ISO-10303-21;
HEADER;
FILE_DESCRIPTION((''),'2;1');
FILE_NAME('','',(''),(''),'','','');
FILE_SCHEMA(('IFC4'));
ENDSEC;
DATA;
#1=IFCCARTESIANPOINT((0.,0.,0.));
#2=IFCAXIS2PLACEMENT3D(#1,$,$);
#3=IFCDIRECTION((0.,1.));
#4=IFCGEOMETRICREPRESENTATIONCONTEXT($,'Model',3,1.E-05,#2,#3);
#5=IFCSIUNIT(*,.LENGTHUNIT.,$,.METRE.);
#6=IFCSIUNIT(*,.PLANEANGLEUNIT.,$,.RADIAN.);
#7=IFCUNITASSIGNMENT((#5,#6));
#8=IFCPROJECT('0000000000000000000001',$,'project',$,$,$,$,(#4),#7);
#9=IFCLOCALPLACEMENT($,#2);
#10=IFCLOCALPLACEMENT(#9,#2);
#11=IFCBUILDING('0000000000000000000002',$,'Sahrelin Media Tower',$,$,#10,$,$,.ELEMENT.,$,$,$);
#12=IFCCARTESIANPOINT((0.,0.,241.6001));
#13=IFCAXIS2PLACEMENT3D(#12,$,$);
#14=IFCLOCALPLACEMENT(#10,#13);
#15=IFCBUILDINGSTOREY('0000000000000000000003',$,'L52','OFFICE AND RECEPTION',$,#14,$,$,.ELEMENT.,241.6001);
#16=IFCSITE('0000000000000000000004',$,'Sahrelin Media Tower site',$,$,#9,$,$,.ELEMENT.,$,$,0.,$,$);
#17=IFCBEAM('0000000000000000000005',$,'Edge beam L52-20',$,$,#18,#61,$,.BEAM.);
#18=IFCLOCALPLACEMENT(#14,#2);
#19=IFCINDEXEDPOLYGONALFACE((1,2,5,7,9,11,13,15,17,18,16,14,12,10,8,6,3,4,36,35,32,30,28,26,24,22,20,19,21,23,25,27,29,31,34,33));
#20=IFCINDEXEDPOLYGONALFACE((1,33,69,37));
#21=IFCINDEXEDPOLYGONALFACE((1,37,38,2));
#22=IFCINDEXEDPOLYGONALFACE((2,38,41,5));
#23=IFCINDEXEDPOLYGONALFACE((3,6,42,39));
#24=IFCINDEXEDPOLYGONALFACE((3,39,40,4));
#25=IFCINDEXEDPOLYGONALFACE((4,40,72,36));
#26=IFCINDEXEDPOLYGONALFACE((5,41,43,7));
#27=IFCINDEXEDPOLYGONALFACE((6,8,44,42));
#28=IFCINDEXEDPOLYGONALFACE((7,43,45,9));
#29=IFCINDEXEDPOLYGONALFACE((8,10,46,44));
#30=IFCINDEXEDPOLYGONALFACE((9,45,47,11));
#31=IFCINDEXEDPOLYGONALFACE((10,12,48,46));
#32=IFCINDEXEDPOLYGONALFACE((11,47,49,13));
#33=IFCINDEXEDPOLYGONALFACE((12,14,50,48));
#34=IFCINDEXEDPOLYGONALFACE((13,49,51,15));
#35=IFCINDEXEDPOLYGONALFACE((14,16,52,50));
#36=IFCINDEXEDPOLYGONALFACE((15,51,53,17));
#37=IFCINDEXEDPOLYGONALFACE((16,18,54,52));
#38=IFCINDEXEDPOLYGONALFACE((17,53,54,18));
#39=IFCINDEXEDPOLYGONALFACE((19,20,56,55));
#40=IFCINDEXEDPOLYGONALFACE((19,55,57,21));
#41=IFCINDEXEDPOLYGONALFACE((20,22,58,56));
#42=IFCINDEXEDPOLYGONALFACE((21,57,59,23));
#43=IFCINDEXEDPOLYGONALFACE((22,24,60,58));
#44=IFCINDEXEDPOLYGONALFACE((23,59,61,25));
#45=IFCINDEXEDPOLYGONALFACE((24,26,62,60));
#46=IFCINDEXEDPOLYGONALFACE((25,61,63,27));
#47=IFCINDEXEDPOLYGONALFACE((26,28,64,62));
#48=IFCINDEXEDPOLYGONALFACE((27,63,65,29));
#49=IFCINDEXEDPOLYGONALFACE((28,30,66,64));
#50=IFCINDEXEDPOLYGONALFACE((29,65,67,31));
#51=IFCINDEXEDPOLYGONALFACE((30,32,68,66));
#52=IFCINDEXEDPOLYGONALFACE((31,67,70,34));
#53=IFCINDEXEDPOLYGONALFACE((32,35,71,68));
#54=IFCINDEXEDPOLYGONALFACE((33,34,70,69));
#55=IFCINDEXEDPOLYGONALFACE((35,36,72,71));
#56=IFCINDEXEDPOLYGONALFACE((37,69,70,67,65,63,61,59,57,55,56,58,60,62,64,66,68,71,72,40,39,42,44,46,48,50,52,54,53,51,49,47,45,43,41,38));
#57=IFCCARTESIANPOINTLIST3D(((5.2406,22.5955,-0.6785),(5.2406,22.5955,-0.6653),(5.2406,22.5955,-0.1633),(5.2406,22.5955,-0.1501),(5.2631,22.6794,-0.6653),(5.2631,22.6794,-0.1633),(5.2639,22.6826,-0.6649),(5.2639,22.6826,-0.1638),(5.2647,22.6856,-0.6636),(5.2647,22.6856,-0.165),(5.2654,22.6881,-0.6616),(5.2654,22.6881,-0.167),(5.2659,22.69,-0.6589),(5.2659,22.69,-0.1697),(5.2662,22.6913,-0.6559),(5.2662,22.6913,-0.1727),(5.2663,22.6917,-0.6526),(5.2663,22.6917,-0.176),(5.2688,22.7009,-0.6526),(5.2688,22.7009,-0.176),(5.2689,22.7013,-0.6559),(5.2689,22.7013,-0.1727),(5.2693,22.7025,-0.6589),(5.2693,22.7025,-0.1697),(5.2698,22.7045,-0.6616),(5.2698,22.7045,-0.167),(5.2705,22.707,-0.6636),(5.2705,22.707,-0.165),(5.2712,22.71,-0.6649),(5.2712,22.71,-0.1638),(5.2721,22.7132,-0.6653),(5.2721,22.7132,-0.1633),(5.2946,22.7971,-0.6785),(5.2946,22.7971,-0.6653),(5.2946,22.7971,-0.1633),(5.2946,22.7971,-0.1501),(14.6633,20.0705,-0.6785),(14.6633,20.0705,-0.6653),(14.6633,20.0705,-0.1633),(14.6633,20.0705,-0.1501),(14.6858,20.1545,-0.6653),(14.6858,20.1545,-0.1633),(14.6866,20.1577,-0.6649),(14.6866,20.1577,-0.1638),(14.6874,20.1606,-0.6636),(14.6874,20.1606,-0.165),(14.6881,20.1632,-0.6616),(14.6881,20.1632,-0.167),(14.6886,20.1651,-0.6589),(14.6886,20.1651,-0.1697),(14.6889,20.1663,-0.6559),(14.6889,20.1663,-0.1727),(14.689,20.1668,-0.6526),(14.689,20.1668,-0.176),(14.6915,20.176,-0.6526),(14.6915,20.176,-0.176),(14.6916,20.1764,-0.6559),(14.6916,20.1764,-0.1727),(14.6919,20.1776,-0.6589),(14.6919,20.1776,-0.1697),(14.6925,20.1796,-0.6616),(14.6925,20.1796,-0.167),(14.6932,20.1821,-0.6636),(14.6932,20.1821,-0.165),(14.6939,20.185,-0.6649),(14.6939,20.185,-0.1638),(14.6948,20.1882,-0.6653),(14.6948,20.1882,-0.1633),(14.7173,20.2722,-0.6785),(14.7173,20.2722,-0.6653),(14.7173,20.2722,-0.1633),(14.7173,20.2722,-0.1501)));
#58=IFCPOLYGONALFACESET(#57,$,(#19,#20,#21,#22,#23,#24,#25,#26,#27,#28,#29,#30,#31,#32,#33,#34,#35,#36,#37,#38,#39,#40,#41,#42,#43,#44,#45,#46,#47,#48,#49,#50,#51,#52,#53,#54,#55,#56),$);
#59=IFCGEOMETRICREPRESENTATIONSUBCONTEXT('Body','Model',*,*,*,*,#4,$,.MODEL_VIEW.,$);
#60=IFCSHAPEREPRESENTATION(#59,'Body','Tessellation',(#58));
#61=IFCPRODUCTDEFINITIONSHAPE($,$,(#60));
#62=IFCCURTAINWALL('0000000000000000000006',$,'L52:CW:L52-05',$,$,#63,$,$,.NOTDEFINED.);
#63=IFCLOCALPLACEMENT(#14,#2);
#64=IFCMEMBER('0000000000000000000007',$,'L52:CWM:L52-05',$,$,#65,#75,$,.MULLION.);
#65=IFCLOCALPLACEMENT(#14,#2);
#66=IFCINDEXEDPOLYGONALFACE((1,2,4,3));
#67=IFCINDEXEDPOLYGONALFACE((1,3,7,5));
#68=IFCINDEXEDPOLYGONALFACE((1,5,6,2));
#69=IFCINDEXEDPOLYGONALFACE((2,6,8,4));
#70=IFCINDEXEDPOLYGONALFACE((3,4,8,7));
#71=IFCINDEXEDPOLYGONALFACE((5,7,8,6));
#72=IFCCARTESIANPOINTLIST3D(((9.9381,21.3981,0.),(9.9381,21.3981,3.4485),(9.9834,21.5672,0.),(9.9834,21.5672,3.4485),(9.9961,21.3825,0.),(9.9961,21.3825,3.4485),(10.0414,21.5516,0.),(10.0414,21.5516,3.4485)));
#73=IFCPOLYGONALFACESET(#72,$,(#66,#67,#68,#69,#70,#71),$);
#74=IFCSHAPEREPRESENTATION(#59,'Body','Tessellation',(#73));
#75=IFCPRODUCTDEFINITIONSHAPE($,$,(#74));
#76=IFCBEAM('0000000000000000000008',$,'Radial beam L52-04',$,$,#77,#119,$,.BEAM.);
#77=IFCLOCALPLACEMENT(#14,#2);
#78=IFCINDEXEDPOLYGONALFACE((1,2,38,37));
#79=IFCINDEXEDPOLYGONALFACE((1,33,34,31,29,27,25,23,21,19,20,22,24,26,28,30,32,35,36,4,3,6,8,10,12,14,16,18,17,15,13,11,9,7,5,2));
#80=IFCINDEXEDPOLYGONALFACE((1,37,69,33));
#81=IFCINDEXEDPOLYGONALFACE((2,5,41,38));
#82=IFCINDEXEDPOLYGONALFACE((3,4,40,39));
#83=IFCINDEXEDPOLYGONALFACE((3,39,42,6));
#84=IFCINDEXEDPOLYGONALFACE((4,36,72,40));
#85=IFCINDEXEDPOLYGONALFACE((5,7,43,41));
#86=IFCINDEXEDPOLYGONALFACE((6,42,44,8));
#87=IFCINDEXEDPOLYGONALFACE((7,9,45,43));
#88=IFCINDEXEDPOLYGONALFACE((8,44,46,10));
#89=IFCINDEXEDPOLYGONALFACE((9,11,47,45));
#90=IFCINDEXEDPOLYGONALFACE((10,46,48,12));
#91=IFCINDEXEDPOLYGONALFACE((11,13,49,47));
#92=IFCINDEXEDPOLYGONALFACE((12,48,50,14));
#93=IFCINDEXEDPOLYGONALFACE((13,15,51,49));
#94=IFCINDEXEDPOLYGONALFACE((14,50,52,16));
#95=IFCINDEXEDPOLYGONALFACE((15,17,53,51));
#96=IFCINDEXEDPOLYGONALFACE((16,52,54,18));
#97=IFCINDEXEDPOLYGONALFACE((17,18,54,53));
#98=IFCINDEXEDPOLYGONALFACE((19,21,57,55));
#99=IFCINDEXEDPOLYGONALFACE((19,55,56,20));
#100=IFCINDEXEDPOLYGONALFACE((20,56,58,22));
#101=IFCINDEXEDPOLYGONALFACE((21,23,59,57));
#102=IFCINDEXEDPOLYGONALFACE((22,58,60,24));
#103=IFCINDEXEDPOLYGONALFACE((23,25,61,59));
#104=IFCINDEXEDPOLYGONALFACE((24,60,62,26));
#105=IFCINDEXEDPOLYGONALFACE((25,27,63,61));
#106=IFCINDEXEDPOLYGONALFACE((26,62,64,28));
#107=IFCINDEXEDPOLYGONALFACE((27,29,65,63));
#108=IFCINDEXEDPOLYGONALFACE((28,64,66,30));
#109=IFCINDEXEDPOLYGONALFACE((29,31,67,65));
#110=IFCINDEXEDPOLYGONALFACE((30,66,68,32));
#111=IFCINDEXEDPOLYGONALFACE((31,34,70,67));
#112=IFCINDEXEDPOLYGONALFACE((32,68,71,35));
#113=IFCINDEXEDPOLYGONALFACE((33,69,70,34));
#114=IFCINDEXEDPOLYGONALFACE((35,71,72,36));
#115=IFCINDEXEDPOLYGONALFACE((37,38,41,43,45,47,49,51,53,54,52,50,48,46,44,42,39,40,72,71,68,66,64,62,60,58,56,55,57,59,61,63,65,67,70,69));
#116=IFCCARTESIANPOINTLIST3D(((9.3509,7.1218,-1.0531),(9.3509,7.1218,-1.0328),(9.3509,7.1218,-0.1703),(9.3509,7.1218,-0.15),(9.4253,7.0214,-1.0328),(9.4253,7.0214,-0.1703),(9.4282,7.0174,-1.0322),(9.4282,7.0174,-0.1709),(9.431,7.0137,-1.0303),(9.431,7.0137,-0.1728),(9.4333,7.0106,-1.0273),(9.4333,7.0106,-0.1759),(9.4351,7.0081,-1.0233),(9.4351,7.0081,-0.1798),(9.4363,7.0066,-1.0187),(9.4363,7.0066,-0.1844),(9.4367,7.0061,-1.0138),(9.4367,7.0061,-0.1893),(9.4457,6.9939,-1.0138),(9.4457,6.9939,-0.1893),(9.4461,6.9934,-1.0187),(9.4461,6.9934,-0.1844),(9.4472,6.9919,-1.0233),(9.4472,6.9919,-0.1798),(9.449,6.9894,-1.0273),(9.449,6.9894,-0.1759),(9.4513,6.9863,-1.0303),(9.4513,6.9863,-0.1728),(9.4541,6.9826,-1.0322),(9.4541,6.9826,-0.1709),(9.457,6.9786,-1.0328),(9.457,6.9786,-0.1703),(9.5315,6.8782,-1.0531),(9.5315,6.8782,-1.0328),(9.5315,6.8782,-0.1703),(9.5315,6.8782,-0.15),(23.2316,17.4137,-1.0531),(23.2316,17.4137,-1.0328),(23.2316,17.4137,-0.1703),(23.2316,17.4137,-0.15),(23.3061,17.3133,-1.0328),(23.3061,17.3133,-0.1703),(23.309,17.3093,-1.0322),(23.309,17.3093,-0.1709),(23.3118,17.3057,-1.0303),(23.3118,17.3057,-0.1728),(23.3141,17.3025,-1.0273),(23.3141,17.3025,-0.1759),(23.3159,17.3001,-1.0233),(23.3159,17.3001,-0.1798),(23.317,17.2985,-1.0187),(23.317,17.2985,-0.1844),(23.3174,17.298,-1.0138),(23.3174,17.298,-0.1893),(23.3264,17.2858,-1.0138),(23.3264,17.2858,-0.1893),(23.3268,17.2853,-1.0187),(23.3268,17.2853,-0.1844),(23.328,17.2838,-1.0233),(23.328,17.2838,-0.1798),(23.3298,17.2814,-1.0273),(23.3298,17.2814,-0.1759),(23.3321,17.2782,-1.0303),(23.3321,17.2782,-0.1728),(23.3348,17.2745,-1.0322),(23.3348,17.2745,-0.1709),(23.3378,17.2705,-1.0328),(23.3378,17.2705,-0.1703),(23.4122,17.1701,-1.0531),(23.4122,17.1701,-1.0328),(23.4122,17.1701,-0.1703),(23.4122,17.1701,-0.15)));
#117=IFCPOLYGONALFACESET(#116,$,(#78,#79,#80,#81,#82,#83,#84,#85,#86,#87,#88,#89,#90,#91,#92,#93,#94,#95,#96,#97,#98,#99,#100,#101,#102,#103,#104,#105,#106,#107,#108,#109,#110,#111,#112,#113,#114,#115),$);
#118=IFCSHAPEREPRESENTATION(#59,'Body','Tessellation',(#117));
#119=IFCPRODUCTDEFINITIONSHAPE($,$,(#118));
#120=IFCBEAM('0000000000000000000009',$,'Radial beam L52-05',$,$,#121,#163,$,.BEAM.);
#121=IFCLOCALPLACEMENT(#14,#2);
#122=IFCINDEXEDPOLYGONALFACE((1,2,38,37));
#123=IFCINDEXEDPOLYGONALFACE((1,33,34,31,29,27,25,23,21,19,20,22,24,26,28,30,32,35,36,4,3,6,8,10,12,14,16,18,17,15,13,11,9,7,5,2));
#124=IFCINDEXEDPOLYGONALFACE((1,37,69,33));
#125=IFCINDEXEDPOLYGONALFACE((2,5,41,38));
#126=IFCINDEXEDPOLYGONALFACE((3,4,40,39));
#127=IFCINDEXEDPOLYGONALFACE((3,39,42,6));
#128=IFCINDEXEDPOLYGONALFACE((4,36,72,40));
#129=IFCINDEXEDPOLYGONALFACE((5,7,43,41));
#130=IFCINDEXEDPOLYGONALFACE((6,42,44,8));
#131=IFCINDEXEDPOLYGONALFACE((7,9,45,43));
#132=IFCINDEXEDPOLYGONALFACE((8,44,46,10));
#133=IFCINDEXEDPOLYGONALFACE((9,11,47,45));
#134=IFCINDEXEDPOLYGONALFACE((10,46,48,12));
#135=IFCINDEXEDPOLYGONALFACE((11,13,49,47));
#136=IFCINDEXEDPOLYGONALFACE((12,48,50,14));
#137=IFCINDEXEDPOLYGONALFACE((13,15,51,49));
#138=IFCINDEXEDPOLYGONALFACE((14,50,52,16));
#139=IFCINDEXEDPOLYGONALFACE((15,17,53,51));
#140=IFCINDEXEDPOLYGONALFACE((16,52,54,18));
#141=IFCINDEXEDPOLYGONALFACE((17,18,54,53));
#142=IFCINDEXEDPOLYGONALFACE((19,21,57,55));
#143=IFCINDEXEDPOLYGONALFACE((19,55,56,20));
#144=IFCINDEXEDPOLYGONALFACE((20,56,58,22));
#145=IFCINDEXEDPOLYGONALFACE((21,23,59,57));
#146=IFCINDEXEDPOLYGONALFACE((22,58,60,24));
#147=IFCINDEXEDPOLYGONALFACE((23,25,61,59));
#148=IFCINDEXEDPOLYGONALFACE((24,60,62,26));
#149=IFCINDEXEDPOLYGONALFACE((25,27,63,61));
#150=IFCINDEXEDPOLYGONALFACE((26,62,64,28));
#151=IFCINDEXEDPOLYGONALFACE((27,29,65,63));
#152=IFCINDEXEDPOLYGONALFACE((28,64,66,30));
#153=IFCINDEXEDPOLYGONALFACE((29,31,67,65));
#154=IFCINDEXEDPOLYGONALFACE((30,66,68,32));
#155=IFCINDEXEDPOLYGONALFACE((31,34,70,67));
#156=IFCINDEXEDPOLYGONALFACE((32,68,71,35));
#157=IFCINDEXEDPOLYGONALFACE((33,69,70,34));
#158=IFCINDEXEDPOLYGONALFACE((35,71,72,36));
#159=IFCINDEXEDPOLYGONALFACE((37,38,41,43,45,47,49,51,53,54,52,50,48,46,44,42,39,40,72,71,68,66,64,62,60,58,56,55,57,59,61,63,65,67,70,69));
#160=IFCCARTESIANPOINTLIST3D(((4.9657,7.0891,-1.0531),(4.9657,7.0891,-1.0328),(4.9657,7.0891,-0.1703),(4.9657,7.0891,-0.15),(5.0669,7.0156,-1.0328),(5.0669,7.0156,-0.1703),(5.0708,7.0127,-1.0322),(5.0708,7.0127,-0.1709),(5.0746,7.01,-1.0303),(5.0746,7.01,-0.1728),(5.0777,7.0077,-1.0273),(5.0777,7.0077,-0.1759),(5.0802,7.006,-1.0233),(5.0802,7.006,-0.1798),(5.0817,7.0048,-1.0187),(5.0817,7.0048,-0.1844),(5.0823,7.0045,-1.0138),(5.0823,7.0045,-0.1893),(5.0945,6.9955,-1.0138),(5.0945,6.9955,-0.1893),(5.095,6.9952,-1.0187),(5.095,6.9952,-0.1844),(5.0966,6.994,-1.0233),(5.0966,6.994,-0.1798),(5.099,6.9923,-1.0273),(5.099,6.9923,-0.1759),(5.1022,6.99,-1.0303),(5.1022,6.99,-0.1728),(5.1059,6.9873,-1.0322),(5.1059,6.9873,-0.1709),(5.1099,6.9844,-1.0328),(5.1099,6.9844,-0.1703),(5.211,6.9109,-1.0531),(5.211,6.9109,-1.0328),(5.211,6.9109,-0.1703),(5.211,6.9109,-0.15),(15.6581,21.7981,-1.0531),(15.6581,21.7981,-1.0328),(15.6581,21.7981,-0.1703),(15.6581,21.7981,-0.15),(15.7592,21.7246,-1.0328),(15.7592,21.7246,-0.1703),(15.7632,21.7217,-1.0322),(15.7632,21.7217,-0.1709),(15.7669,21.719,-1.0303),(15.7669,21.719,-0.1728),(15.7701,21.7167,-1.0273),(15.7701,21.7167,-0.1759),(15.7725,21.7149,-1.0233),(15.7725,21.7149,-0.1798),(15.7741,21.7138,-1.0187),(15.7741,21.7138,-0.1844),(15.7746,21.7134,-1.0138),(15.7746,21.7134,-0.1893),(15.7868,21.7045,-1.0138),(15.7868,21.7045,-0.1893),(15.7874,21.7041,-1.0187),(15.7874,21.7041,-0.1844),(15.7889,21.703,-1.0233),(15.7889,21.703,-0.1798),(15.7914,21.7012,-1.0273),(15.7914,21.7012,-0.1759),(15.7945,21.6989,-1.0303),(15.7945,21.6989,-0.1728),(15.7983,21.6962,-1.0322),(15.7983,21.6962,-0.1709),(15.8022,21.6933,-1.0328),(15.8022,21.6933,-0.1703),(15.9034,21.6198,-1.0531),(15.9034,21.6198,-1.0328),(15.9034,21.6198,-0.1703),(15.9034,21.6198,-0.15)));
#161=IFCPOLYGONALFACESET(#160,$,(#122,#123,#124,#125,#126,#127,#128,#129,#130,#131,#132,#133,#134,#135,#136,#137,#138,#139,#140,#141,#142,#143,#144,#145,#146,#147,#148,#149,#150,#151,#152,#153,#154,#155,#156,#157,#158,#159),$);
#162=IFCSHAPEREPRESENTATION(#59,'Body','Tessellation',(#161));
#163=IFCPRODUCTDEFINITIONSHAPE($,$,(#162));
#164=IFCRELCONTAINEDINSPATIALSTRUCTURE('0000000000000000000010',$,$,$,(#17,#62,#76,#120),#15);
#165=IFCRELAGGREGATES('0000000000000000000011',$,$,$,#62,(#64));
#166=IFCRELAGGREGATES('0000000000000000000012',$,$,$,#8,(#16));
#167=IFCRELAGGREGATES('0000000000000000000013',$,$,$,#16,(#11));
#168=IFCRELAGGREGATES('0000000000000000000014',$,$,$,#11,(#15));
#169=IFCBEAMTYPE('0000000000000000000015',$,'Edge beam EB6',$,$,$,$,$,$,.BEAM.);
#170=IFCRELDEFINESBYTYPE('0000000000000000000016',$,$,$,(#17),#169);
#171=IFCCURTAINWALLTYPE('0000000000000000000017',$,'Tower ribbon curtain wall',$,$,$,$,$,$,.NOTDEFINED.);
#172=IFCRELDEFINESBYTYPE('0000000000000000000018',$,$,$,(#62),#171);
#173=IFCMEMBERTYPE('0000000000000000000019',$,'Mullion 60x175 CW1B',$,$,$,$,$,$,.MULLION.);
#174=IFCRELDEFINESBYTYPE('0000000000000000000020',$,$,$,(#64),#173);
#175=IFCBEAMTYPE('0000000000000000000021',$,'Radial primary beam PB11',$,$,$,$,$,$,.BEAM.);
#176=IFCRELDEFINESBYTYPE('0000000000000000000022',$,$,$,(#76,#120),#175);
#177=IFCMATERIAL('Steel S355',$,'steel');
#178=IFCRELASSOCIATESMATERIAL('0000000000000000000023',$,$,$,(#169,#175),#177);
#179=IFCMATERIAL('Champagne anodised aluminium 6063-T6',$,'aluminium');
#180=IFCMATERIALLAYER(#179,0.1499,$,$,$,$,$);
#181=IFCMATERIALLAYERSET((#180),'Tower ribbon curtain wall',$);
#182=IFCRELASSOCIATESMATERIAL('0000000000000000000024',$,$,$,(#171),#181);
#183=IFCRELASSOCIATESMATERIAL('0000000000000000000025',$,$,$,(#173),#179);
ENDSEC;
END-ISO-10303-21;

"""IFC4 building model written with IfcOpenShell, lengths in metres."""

from ifc_helpers import new_model, si_unit, direction, frame, origin, origin_2d, place, context, subcontext, project, spatial, rectangle, i_section, extrude, material, layer, layer_set, material_profile, profile_set, type_object, element, aggregate, save


model = new_model("IFC4")

# Units and contexts
model_context = context("Model", 3, precision=1e-05, world=origin(), true_north=direction((0.0, 1.0)))
body_context = subcontext(model_context, "Body", "Model", "MODEL_VIEW")
ifc_project = project(units=[si_unit("LENGTHUNIT", "METRE"), si_unit("PLANEANGLEUNIT", "RADIAN")], contexts=[model_context])

# Site, building, storey
site_placement = place(None, origin())
site = spatial("IfcSite", under=ifc_project, at=site_placement, Name="Sahrelin Media Tower site", CompositionType="ELEMENT", RefElevation=0.0)
building_placement = place(site_placement, origin())
building = spatial("IfcBuilding", under=site, at=building_placement, Name="Sahrelin Media Tower", CompositionType="ELEMENT")
storey_placement = place(building_placement, frame((0.0, 0.0, 241.6001)))
storey = spatial("IfcBuildingStorey", under=building, at=storey_placement, Name="L52", Description="OFFICE AND RECEPTION", CompositionType="ELEMENT", Elevation=241.6001)

# Beam
ifc_material_1 = material(Name="Steel S355", Category="steel")
ifc_material_profile_1 = material_profile(ifc_material_1, i_section(OverallWidth=0.2087, OverallDepth=0.5283, WebThickness=0.0095, FlangeThickness=0.0132, FilletRadius=0.0127, at=origin_2d()), Name="UB 533x210x82")
ifc_profile_set_1 = profile_set([ifc_material_profile_1], Name="Steel S355")
beam_type_1 = type_object("IfcBeamType", Name="Edge beam EB6", PredefinedType="BEAM", material=ifc_profile_set_1)
beam_1_placement = place(storey_placement, frame((5.2676, 22.6963, -0.4143), z_axis=(0.965923, -0.258831, 0.0), x_axis=(0.258831, 0.965923, 0.0)))
element("IfcBeam", 1, at=beam_1_placement, inside=storey, type_object=beam_type_1, Name="Edge beam L52-20", PredefinedType="BEAM", context=body_context, shape_type="SweptSolid", body=[
    extrude(i_section(OverallWidth=0.2087, OverallDepth=0.5283, WebThickness=0.0095, FlangeThickness=0.0132, FilletRadius=0.0127, at=origin_2d()), origin(), (0.0, 0.0, 1.0), 9.7551),
])

# Curtain wall, member
ifc_material_2 = material(Name="Champagne anodised aluminium 6063-T6", Category="aluminium")
ifc_layer_1 = layer(ifc_material_2, 0.1499)
ifc_layer_set_1 = layer_set([ifc_layer_1], Name="Tower ribbon curtain wall")
curtain_wall_type = type_object("IfcCurtainWallType", Name="Tower ribbon curtain wall", PredefinedType="NOTDEFINED", material=ifc_layer_set_1)
curtain_wall_1_placement = place(storey_placement, frame((10.0176, 21.5786, 0.0), z_axis=(0.0, 0.0, 1.0), x_axis=(1.0, 0.0, 0.0)))
curtain_wall_1 = element("IfcCurtainWall", 2, at=curtain_wall_1_placement, inside=storey, type_object=curtain_wall_type, Name="L52:CW:L52-05", PredefinedType="NOTDEFINED")
ifc_material_profile_2 = material_profile(ifc_material_2, rectangle(XDim=0.0601, YDim=0.175, at=origin_2d()), Name="Mullion 60x175")
ifc_profile_set_2 = profile_set([ifc_material_profile_2], Name="Champagne anodised aluminium 6063-T6")
member_type_1 = type_object("IfcMemberType", Name="Mullion 60x175 CW1B", PredefinedType="MULLION", material=ifc_profile_set_2)
member_1_placement = place(storey_placement, frame((9.9897, 21.4749, 0.0), z_axis=(0.0, 0.0, 1.0), x_axis=(-0.965925, 0.258821, 0.0)))
member_1 = element("IfcMember", 3, at=member_1_placement, type_object=member_type_1, Name="L52:CWM:L52-05", PredefinedType="MULLION", context=body_context, shape_type="SweptSolid", body=[
    extrude(rectangle(XDim=0.0601, YDim=0.175, at=origin_2d()), origin(), (0.0, 0.0, 1.0), 3.4485),
])
aggregate(curtain_wall_1, [member_1])

# Beams
ifc_material_profile_3 = material_profile(ifc_material_1, i_section(OverallWidth=0.3032, OverallDepth=0.9031, WebThickness=0.0151, FlangeThickness=0.0203, FilletRadius=0.019, at=origin_2d()), Name="UB 914x305x201")
ifc_profile_set_3 = profile_set([ifc_material_profile_3], Name="Steel S355")
beam_type_2 = type_object("IfcBeamType", Name="Radial primary beam PB11", PredefinedType="BEAM", material=ifc_profile_set_3)
beam_2_placement = place(storey_placement, frame((9.4412, 7.0, -0.6016), z_axis=(0.803284, 0.595596, 0.0), x_axis=(-0.595596, 0.803284, 0.0)))
element("IfcBeam", 4, at=beam_2_placement, inside=storey, type_object=beam_type_2, Name="Radial beam L52-04", PredefinedType="BEAM", context=body_context, shape_type="SweptSolid", body=[
    extrude(i_section(OverallWidth=0.3032, OverallDepth=0.9031, WebThickness=0.0151, FlangeThickness=0.0203, FilletRadius=0.019, at=origin_2d()), origin(), (0.0, 0.0, 1.0), 17.28),
])
beam_3_placement = place(storey_placement, frame((5.0884, 7.0, -0.6016), z_axis=(0.58799, 0.808868, 0.0), x_axis=(-0.808868, 0.58799, 0.0)))
element("IfcBeam", 5, at=beam_3_placement, inside=storey, type_object=beam_type_2, Name="Radial beam L52-05", PredefinedType="BEAM", context=body_context, shape_type="SweptSolid", body=[
    extrude(i_section(OverallWidth=0.3032, OverallDepth=0.9031, WebThickness=0.0151, FlangeThickness=0.0203, FilletRadius=0.019, at=origin_2d()), origin(), (0.0, 0.0, 1.0), 18.1846),
])

save(model, "model.ifc")
